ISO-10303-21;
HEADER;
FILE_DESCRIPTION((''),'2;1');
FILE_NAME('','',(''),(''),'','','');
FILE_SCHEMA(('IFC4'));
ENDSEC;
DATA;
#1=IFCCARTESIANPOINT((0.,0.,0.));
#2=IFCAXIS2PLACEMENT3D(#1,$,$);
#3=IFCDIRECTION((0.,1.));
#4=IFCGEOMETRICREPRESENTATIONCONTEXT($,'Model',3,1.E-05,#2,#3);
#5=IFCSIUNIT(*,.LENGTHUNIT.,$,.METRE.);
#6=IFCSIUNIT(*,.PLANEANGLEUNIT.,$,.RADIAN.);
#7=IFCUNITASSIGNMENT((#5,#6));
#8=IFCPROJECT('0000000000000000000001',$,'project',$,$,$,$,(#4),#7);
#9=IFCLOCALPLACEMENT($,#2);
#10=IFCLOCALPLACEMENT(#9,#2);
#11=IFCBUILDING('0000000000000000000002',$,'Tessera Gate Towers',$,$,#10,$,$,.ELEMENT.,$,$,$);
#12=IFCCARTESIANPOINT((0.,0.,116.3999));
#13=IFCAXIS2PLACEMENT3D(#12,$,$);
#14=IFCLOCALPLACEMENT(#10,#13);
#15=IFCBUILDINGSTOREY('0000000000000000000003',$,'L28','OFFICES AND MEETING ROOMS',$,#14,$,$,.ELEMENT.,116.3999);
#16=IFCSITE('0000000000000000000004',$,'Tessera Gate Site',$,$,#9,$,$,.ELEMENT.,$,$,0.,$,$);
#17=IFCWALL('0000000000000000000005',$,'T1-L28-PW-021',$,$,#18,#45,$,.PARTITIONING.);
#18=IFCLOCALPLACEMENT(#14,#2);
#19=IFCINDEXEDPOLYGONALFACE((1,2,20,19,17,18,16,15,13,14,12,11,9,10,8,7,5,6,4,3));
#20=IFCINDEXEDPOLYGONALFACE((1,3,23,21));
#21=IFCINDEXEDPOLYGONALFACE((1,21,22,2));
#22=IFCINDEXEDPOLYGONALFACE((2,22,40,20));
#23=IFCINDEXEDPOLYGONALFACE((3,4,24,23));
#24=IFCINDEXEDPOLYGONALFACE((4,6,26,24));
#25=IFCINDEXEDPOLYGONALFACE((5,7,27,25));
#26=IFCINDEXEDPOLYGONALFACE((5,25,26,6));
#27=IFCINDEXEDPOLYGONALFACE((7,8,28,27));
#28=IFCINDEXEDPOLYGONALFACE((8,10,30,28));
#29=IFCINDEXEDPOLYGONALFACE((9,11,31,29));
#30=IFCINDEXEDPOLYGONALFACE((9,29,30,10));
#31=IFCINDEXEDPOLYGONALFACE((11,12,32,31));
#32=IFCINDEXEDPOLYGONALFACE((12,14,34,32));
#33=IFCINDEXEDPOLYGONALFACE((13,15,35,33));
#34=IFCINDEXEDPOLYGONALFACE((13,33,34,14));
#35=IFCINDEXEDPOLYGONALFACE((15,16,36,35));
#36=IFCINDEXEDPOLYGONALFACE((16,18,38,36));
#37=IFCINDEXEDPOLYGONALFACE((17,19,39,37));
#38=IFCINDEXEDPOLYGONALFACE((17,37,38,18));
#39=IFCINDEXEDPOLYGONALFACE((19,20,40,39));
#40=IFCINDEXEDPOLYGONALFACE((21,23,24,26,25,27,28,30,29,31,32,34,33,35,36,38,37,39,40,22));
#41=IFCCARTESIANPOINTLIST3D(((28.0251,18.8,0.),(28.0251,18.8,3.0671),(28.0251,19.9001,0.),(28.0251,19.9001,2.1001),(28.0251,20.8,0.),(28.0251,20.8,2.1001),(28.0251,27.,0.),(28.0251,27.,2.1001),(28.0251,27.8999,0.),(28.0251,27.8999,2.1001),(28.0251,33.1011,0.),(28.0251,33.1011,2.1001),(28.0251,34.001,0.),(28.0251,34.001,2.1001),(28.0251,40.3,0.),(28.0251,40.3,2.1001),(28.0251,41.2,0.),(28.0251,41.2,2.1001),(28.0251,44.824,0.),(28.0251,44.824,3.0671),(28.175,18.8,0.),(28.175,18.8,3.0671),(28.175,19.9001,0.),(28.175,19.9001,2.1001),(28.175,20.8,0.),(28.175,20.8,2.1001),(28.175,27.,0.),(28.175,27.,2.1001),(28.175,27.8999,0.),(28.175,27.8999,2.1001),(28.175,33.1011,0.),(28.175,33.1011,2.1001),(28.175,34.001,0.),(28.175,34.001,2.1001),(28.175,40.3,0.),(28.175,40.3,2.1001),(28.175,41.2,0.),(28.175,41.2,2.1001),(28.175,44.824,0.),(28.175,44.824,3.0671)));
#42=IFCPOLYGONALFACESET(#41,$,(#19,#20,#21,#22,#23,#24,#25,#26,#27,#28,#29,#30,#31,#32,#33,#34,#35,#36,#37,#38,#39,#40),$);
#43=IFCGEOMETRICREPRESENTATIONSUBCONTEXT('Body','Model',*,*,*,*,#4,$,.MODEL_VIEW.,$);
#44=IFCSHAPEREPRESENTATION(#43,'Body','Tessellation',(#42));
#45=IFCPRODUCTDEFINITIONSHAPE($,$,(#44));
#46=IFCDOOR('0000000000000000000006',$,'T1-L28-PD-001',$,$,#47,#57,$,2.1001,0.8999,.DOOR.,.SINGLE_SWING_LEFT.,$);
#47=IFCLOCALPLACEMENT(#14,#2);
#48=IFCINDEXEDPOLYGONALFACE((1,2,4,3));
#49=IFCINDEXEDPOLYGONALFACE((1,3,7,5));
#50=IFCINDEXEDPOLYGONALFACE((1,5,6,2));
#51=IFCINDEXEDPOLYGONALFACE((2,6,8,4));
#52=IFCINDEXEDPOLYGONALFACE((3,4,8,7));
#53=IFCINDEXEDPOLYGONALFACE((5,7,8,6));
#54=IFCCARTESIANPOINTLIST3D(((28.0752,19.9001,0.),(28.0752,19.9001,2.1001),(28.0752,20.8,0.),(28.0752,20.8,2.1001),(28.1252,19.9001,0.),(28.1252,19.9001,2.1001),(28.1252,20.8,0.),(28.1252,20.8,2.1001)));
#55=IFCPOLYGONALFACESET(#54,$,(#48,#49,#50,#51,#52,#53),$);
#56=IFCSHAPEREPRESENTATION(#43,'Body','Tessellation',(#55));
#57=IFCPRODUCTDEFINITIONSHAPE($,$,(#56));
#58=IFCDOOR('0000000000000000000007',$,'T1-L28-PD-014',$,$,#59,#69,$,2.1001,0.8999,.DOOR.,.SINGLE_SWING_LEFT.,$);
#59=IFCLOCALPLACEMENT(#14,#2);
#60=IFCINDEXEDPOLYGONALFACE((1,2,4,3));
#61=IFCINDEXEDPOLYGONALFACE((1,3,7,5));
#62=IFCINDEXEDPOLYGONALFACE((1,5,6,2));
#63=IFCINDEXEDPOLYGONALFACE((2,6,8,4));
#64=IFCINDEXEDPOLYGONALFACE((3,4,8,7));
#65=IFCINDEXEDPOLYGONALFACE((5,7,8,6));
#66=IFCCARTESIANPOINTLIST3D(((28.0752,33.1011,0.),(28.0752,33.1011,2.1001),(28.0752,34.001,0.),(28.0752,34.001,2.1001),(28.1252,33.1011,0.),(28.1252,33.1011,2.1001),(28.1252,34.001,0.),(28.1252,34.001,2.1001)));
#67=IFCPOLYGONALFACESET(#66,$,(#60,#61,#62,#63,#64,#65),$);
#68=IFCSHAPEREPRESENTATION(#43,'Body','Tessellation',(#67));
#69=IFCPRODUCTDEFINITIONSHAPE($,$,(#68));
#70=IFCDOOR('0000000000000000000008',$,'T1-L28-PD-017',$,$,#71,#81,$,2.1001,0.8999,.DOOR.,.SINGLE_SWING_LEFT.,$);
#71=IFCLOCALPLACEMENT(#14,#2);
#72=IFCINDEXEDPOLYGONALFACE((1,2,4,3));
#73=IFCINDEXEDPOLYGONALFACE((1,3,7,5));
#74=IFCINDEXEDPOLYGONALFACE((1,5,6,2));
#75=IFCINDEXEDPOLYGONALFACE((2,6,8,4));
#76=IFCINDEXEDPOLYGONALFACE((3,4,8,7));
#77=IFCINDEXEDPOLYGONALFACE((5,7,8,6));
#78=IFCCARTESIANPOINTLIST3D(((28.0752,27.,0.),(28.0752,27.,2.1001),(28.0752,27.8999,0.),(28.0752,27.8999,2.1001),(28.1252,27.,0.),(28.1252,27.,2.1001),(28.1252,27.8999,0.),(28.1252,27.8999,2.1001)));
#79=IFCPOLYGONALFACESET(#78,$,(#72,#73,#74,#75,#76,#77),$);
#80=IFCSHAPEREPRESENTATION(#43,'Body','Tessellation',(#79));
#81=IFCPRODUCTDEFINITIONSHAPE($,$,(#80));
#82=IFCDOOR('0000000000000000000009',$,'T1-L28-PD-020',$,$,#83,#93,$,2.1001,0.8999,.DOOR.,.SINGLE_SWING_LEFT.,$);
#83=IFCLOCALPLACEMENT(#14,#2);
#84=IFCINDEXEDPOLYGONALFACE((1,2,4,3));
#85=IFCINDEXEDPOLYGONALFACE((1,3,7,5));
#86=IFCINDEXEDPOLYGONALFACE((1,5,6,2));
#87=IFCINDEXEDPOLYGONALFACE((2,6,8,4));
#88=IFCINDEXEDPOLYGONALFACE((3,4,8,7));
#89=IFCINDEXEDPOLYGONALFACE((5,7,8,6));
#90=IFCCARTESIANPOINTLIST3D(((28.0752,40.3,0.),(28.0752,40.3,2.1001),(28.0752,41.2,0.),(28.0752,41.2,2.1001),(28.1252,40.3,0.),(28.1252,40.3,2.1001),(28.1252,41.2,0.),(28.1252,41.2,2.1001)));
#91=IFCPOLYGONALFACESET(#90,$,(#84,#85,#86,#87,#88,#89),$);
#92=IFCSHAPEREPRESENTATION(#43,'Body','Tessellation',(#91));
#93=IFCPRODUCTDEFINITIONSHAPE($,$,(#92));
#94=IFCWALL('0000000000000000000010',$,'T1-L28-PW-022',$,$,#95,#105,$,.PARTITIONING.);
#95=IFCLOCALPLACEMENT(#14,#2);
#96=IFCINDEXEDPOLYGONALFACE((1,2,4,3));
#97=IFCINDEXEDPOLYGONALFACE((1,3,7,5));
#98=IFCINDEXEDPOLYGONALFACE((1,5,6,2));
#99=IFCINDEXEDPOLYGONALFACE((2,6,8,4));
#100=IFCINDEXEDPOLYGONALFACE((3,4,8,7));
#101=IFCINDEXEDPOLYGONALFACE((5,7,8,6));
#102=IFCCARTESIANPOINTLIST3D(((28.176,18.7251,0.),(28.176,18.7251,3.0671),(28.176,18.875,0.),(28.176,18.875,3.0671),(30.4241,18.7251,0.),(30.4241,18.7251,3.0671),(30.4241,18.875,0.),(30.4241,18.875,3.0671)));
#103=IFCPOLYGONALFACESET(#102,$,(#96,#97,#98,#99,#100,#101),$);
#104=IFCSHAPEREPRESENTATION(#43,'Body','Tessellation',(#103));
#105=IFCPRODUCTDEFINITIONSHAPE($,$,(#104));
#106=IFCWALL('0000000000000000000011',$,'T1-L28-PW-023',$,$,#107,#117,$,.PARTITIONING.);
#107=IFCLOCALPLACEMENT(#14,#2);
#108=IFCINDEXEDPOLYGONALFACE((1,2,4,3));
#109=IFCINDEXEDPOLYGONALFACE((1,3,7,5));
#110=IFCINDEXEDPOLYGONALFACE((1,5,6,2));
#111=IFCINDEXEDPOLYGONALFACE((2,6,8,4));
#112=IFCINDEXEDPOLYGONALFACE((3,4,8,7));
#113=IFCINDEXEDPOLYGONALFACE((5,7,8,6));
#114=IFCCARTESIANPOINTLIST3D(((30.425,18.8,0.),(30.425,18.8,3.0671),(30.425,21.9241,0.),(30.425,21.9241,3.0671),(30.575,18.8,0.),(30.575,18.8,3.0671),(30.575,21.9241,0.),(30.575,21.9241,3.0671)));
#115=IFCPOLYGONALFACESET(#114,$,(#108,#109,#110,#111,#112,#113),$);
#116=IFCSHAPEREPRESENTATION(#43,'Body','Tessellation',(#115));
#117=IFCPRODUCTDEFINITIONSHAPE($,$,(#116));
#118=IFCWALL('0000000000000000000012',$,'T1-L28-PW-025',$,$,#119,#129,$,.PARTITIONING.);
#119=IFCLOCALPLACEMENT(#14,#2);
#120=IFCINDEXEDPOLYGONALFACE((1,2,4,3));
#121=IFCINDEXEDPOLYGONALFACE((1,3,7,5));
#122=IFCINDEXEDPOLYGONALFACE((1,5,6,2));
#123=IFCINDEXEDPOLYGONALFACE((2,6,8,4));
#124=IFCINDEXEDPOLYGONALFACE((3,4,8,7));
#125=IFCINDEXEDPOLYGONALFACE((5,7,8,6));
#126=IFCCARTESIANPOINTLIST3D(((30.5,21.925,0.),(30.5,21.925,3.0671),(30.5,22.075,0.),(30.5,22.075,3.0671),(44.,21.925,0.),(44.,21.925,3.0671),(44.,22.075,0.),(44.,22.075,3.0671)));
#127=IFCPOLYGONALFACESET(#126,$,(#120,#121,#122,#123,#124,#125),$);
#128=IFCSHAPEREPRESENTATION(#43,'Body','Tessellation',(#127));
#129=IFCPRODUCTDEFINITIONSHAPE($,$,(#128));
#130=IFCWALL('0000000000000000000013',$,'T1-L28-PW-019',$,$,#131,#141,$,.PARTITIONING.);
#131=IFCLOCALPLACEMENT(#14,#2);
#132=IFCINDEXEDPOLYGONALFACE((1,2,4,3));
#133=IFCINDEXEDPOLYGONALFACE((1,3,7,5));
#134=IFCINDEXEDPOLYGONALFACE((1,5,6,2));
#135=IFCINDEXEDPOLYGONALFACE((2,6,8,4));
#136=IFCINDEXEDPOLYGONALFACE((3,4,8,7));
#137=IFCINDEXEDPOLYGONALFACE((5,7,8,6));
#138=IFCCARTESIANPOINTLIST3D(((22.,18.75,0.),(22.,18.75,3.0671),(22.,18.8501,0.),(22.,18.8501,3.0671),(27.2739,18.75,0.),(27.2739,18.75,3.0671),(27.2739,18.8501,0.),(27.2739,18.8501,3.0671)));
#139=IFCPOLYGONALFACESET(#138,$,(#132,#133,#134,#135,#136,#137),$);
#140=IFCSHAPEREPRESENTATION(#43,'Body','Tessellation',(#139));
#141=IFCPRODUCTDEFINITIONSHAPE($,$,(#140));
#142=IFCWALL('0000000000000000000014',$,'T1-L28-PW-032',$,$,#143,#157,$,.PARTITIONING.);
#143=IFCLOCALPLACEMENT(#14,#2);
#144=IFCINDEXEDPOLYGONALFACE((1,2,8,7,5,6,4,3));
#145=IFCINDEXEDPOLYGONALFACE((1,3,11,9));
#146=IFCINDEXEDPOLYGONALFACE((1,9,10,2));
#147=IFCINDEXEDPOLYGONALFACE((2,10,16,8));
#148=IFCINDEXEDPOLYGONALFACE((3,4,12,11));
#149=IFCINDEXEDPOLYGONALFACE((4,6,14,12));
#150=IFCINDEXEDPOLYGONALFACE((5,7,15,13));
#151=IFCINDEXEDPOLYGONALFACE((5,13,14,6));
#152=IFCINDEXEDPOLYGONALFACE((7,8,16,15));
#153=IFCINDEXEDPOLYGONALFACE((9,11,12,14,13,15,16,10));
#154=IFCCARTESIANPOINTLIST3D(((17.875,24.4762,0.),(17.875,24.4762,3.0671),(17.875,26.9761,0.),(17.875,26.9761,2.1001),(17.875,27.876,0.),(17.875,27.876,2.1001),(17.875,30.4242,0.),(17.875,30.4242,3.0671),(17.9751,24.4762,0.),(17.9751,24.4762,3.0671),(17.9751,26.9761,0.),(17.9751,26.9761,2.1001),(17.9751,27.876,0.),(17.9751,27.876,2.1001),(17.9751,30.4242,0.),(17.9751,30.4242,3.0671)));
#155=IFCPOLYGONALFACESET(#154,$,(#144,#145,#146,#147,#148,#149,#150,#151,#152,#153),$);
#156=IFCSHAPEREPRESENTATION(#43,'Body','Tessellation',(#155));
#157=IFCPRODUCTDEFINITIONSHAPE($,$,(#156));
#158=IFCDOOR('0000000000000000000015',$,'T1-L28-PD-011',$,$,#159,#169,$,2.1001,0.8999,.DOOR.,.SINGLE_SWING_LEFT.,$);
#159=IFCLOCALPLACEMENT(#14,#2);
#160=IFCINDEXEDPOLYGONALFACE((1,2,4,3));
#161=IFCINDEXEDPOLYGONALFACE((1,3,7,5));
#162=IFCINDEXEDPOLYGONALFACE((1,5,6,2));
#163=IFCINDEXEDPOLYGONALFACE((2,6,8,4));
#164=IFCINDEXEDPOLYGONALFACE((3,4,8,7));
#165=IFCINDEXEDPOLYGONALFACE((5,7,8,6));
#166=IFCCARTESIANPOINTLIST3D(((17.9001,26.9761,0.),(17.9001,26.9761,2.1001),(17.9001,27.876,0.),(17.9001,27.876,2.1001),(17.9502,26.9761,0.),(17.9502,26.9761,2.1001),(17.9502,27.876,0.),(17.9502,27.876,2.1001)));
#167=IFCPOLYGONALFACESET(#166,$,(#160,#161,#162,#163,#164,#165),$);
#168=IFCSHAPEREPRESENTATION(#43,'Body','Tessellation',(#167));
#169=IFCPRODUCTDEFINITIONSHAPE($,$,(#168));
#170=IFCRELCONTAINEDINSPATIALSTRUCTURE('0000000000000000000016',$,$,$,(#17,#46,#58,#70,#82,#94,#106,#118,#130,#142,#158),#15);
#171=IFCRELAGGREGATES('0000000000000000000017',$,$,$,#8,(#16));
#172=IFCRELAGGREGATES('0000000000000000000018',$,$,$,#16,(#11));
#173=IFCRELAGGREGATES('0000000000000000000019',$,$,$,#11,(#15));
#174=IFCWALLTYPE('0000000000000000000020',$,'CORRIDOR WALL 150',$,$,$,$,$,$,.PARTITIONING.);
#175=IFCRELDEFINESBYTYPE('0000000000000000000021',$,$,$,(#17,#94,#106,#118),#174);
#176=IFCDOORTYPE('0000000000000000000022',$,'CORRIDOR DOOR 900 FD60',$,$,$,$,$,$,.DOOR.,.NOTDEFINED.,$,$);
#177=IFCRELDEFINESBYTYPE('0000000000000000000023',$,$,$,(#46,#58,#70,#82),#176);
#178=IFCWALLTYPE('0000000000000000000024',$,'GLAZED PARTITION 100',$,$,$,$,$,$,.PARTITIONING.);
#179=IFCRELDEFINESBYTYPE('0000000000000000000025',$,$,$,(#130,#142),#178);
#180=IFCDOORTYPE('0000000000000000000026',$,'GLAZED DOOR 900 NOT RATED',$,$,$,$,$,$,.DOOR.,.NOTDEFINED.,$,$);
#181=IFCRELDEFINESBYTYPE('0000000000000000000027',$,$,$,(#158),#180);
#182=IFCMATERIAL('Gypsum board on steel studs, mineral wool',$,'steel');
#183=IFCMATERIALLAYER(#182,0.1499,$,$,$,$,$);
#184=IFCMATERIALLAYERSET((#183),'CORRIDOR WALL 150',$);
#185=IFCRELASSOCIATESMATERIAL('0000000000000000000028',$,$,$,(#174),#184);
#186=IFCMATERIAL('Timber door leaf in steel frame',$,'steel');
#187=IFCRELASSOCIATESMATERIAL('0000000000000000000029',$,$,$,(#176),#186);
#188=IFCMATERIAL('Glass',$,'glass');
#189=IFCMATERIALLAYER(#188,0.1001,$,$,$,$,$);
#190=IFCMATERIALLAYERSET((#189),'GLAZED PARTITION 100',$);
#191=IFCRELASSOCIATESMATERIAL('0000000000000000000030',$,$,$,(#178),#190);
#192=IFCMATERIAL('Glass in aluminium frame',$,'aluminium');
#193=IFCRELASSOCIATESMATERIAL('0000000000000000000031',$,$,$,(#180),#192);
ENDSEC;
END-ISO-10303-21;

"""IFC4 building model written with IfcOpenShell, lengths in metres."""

from ifc_helpers import new_model, si_unit, direction, frame, frame_2d, origin, place, context, subcontext, project, spatial, rectangle, extrude, source, transform, mapped, material, layer, layer_set, type_object, element, fill, save


model = new_model("IFC4")

# Units and contexts
model_context = context("Model", 3, precision=1e-05, world=origin(), true_north=direction((0.0, 1.0)))
body_context = subcontext(model_context, "Body", "Model", "MODEL_VIEW")
ifc_project = project(units=[si_unit("LENGTHUNIT", "METRE"), si_unit("PLANEANGLEUNIT", "RADIAN")], contexts=[model_context])

# Site, building, storey
site_placement = place(None, origin())
site = spatial("IfcSite", under=ifc_project, at=site_placement, Name="Tessera Gate Site", CompositionType="ELEMENT", RefElevation=0.0)
building_placement = place(site_placement, origin())
building = spatial("IfcBuilding", under=site, at=building_placement, Name="Tessera Gate Towers", CompositionType="ELEMENT")
storey_placement = place(building_placement, frame((0.0, 0.0, 116.3999)))
storey = spatial("IfcBuildingStorey", under=building, at=storey_placement, Name="L28", Description="OFFICES AND MEETING ROOMS", CompositionType="ELEMENT", Elevation=116.3999)

# Wall, openings, doors
ifc_material_1 = material(Name="Gypsum board on steel studs, mineral wool", Category="steel")
ifc_layer_1 = layer(ifc_material_1, 0.1499)
ifc_layer_set_1 = layer_set([ifc_layer_1], Name="CORRIDOR WALL 150")
wall_type_1 = type_object("IfcWallType", Name="CORRIDOR WALL 150", PredefinedType="PARTITIONING", material=ifc_layer_set_1)
wall_1_placement = place(storey_placement, frame((28.1001, 18.8, 0.0), z_axis=(0.0, 0.0, 1.0), x_axis=(0.0, 1.0, 0.0)))
wall_1 = element("IfcWall", 1, at=wall_1_placement, inside=storey, type_object=wall_type_1, Name="T1-L28-PW-021", PredefinedType="PARTITIONING", context=body_context, shape_type="SweptSolid", body=[
    extrude(rectangle(XDim=26.0239, YDim=0.1499, at=frame_2d((13.012, 0.0))), origin(), (0.0, 0.0, 1.0), 3.0671),
])
shared_shape_1 = source(origin(), body_context, "Body", "SweptSolid", [
    extrude(rectangle(XDim=0.8999, YDim=2.1001, at=frame_2d((0.45, 1.05))), frame((0.0, 0.085, 0.0), z_axis=(0.0, -1.0, 0.0), x_axis=(1.0, 0.0, 0.0)), (0.0, 0.0, 1.0), 0.1699),
])
opening_1_placement = place(wall_1_placement, frame((1.1001, 0.0, 0.0)))
opening_1 = element("IfcOpeningElement", 2, at=opening_1_placement, cuts=wall_1, PredefinedType="OPENING", context=body_context, shape_type="MappedRepresentation", body=[
    mapped(shared_shape_1, transform((0.0, 0.0, 0.0), scale=1.0)),
])
opening_2_placement = place(wall_1_placement, frame((14.301, 0.0, 0.0)))
opening_2 = element("IfcOpeningElement", 3, at=opening_2_placement, cuts=wall_1, PredefinedType="OPENING", context=body_context, shape_type="MappedRepresentation", body=[
    mapped(shared_shape_1, transform((0.0, 0.0, 0.0), scale=1.0)),
])
opening_3_placement = place(wall_1_placement, frame((8.2, 0.0, 0.0)))
opening_3 = element("IfcOpeningElement", 4, at=opening_3_placement, cuts=wall_1, PredefinedType="OPENING", context=body_context, shape_type="MappedRepresentation", body=[
    mapped(shared_shape_1, transform((0.0, 0.0, 0.0), scale=1.0)),
])
opening_4_placement = place(wall_1_placement, frame((21.5, 0.0, 0.0)))
opening_4 = element("IfcOpeningElement", 5, at=opening_4_placement, cuts=wall_1, PredefinedType="OPENING", context=body_context, shape_type="MappedRepresentation", body=[
    mapped(shared_shape_1, transform((0.0, 0.0, 0.0), scale=1.0)),
])
ifc_material_2 = material(Name="Timber door leaf in steel frame", Category="steel")
door_type_1 = type_object("IfcDoorType", Name="CORRIDOR DOOR 900 FD60", OperationType="NOTDEFINED", PredefinedType="DOOR", material=ifc_material_2)
shared_shape_2 = source(origin(), body_context, "Body", "SweptSolid", [
    extrude(rectangle(XDim=0.8999, YDim=2.1001, at=frame_2d((0.45, 1.05))), frame((0.0, 0.0249, 0.0), z_axis=(0.0, -1.0, 0.0), x_axis=(1.0, 0.0, 0.0)), (0.0, 0.0, 1.0), 0.05),
])
door_1_placement = place(opening_1_placement, origin())
door_1 = element("IfcDoor", 6, at=door_1_placement, inside=storey, type_object=door_type_1, Name="T1-L28-PD-001", OperationType="SINGLE_SWING_LEFT", OverallHeight=2.1001, OverallWidth=0.8999, PredefinedType="DOOR", context=body_context, shape_type="MappedRepresentation", body=[
    mapped(shared_shape_2, transform((0.0, 0.0, 0.0), scale=1.0)),
])
fill(opening_1, door_1)
door_2_placement = place(opening_2_placement, origin())
door_2 = element("IfcDoor", 7, at=door_2_placement, inside=storey, type_object=door_type_1, Name="T1-L28-PD-014", OperationType="SINGLE_SWING_LEFT", OverallHeight=2.1001, OverallWidth=0.8999, PredefinedType="DOOR", context=body_context, shape_type="MappedRepresentation", body=[
    mapped(shared_shape_2, transform((0.0, 0.0, 0.0), scale=1.0)),
])
fill(opening_2, door_2)
door_3_placement = place(opening_3_placement, origin())
door_3 = element("IfcDoor", 8, at=door_3_placement, inside=storey, type_object=door_type_1, Name="T1-L28-PD-017", OperationType="SINGLE_SWING_LEFT", OverallHeight=2.1001, OverallWidth=0.8999, PredefinedType="DOOR", context=body_context, shape_type="MappedRepresentation", body=[
    mapped(shared_shape_2, transform((0.0, 0.0, 0.0), scale=1.0)),
])
fill(opening_3, door_3)
door_4_placement = place(opening_4_placement, origin())
door_4 = element("IfcDoor", 9, at=door_4_placement, inside=storey, type_object=door_type_1, Name="T1-L28-PD-020", OperationType="SINGLE_SWING_LEFT", OverallHeight=2.1001, OverallWidth=0.8999, PredefinedType="DOOR", context=body_context, shape_type="MappedRepresentation", body=[
    mapped(shared_shape_2, transform((0.0, 0.0, 0.0), scale=1.0)),
])
fill(opening_4, door_4)

# Walls
wall_2_placement = place(storey_placement, frame((28.176, 18.8, 0.0), z_axis=(0.0, 0.0, 1.0), x_axis=(1.0, 0.0, 0.0)))
element("IfcWall", 10, at=wall_2_placement, inside=storey, type_object=wall_type_1, Name="T1-L28-PW-022", PredefinedType="PARTITIONING", context=body_context, shape_type="SweptSolid", body=[
    extrude(rectangle(XDim=2.248, YDim=0.1499, at=frame_2d((1.124, 0.0))), origin(), (0.0, 0.0, 1.0), 3.0671),
])
wall_3_placement = place(storey_placement, frame((30.5, 18.8, 0.0), z_axis=(0.0, 0.0, 1.0), x_axis=(0.0, 1.0, 0.0)))
element("IfcWall", 11, at=wall_3_placement, inside=storey, type_object=wall_type_1, Name="T1-L28-PW-023", PredefinedType="PARTITIONING", context=body_context, shape_type="SweptSolid", body=[
    extrude(rectangle(XDim=3.124, YDim=0.1499, at=frame_2d((1.562, 0.0))), origin(), (0.0, 0.0, 1.0), 3.0671),
])
wall_4_placement = place(storey_placement, frame((30.5, 22.0, 0.0), z_axis=(0.0, 0.0, 1.0), x_axis=(1.0, 0.0, 0.0)))
element("IfcWall", 12, at=wall_4_placement, inside=storey, type_object=wall_type_1, Name="T1-L28-PW-025", PredefinedType="PARTITIONING", context=body_context, shape_type="SweptSolid", body=[
    extrude(rectangle(XDim=13.5, YDim=0.1499, at=frame_2d((6.75, 0.0))), origin(), (0.0, 0.0, 1.0), 3.0671),
])
ifc_material_3 = material(Name="Glass", Category="glass")
ifc_layer_2 = layer(ifc_material_3, 0.1001)
ifc_layer_set_2 = layer_set([ifc_layer_2], Name="GLAZED PARTITION 100")
wall_type_2 = type_object("IfcWallType", Name="GLAZED PARTITION 100", PredefinedType="PARTITIONING", material=ifc_layer_set_2)
wall_5_placement = place(storey_placement, frame((22.0, 18.8, 0.0), z_axis=(0.0, 0.0, 1.0), x_axis=(1.0, 0.0, 0.0)))
element("IfcWall", 13, at=wall_5_placement, inside=storey, type_object=wall_type_2, Name="T1-L28-PW-019", PredefinedType="PARTITIONING", context=body_context, shape_type="SweptSolid", body=[
    extrude(rectangle(XDim=5.2739, YDim=0.1001, at=frame_2d((2.637, 0.0))), origin(), (0.0, 0.0, 1.0), 3.0671),
])

# Wall, opening, door
wall_6_placement = place(storey_placement, frame((17.925, 24.4761, 0.0), z_axis=(0.0, 0.0, 1.0), x_axis=(0.0, 1.0, 0.0)))
wall_6 = element("IfcWall", 14, at=wall_6_placement, inside=storey, type_object=wall_type_2, Name="T1-L28-PW-032", PredefinedType="PARTITIONING", context=body_context, shape_type="SweptSolid", body=[
    extrude(rectangle(XDim=5.948, YDim=0.1001, at=frame_2d((2.9741, 0.0))), origin(), (0.0, 0.0, 1.0), 3.0671),
])
shared_shape_3 = source(origin(), body_context, "Body", "SweptSolid", [
    extrude(rectangle(XDim=0.8999, YDim=2.1001, at=frame_2d((0.45, 1.05))), frame((0.0, 0.0601, 0.0), z_axis=(0.0, -1.0, 0.0), x_axis=(1.0, 0.0, 0.0)), (0.0, 0.0, 1.0), 0.1201),
])
opening_5_placement = place(wall_6_placement, frame((2.5, 0.0, 0.0)))
opening_5 = element("IfcOpeningElement", 15, at=opening_5_placement, cuts=wall_6, PredefinedType="OPENING", context=body_context, shape_type="MappedRepresentation", body=[
    mapped(shared_shape_3, transform((0.0, 0.0, 0.0), scale=1.0)),
])
ifc_material_4 = material(Name="Glass in aluminium frame", Category="aluminium")
door_type_2 = type_object("IfcDoorType", Name="GLAZED DOOR 900 NOT RATED", OperationType="NOTDEFINED", PredefinedType="DOOR", material=ifc_material_4)
door_5_placement = place(opening_5_placement, origin())
door_5 = element("IfcDoor", 16, at=door_5_placement, inside=storey, type_object=door_type_2, Name="T1-L28-PD-011", OperationType="SINGLE_SWING_LEFT", OverallHeight=2.1001, OverallWidth=0.8999, PredefinedType="DOOR", context=body_context, shape_type="MappedRepresentation", body=[
    mapped(shared_shape_2, transform((0.0, 0.0, 0.0), scale=1.0)),
])
fill(opening_5, door_5)

save(model, "model.ifc")
